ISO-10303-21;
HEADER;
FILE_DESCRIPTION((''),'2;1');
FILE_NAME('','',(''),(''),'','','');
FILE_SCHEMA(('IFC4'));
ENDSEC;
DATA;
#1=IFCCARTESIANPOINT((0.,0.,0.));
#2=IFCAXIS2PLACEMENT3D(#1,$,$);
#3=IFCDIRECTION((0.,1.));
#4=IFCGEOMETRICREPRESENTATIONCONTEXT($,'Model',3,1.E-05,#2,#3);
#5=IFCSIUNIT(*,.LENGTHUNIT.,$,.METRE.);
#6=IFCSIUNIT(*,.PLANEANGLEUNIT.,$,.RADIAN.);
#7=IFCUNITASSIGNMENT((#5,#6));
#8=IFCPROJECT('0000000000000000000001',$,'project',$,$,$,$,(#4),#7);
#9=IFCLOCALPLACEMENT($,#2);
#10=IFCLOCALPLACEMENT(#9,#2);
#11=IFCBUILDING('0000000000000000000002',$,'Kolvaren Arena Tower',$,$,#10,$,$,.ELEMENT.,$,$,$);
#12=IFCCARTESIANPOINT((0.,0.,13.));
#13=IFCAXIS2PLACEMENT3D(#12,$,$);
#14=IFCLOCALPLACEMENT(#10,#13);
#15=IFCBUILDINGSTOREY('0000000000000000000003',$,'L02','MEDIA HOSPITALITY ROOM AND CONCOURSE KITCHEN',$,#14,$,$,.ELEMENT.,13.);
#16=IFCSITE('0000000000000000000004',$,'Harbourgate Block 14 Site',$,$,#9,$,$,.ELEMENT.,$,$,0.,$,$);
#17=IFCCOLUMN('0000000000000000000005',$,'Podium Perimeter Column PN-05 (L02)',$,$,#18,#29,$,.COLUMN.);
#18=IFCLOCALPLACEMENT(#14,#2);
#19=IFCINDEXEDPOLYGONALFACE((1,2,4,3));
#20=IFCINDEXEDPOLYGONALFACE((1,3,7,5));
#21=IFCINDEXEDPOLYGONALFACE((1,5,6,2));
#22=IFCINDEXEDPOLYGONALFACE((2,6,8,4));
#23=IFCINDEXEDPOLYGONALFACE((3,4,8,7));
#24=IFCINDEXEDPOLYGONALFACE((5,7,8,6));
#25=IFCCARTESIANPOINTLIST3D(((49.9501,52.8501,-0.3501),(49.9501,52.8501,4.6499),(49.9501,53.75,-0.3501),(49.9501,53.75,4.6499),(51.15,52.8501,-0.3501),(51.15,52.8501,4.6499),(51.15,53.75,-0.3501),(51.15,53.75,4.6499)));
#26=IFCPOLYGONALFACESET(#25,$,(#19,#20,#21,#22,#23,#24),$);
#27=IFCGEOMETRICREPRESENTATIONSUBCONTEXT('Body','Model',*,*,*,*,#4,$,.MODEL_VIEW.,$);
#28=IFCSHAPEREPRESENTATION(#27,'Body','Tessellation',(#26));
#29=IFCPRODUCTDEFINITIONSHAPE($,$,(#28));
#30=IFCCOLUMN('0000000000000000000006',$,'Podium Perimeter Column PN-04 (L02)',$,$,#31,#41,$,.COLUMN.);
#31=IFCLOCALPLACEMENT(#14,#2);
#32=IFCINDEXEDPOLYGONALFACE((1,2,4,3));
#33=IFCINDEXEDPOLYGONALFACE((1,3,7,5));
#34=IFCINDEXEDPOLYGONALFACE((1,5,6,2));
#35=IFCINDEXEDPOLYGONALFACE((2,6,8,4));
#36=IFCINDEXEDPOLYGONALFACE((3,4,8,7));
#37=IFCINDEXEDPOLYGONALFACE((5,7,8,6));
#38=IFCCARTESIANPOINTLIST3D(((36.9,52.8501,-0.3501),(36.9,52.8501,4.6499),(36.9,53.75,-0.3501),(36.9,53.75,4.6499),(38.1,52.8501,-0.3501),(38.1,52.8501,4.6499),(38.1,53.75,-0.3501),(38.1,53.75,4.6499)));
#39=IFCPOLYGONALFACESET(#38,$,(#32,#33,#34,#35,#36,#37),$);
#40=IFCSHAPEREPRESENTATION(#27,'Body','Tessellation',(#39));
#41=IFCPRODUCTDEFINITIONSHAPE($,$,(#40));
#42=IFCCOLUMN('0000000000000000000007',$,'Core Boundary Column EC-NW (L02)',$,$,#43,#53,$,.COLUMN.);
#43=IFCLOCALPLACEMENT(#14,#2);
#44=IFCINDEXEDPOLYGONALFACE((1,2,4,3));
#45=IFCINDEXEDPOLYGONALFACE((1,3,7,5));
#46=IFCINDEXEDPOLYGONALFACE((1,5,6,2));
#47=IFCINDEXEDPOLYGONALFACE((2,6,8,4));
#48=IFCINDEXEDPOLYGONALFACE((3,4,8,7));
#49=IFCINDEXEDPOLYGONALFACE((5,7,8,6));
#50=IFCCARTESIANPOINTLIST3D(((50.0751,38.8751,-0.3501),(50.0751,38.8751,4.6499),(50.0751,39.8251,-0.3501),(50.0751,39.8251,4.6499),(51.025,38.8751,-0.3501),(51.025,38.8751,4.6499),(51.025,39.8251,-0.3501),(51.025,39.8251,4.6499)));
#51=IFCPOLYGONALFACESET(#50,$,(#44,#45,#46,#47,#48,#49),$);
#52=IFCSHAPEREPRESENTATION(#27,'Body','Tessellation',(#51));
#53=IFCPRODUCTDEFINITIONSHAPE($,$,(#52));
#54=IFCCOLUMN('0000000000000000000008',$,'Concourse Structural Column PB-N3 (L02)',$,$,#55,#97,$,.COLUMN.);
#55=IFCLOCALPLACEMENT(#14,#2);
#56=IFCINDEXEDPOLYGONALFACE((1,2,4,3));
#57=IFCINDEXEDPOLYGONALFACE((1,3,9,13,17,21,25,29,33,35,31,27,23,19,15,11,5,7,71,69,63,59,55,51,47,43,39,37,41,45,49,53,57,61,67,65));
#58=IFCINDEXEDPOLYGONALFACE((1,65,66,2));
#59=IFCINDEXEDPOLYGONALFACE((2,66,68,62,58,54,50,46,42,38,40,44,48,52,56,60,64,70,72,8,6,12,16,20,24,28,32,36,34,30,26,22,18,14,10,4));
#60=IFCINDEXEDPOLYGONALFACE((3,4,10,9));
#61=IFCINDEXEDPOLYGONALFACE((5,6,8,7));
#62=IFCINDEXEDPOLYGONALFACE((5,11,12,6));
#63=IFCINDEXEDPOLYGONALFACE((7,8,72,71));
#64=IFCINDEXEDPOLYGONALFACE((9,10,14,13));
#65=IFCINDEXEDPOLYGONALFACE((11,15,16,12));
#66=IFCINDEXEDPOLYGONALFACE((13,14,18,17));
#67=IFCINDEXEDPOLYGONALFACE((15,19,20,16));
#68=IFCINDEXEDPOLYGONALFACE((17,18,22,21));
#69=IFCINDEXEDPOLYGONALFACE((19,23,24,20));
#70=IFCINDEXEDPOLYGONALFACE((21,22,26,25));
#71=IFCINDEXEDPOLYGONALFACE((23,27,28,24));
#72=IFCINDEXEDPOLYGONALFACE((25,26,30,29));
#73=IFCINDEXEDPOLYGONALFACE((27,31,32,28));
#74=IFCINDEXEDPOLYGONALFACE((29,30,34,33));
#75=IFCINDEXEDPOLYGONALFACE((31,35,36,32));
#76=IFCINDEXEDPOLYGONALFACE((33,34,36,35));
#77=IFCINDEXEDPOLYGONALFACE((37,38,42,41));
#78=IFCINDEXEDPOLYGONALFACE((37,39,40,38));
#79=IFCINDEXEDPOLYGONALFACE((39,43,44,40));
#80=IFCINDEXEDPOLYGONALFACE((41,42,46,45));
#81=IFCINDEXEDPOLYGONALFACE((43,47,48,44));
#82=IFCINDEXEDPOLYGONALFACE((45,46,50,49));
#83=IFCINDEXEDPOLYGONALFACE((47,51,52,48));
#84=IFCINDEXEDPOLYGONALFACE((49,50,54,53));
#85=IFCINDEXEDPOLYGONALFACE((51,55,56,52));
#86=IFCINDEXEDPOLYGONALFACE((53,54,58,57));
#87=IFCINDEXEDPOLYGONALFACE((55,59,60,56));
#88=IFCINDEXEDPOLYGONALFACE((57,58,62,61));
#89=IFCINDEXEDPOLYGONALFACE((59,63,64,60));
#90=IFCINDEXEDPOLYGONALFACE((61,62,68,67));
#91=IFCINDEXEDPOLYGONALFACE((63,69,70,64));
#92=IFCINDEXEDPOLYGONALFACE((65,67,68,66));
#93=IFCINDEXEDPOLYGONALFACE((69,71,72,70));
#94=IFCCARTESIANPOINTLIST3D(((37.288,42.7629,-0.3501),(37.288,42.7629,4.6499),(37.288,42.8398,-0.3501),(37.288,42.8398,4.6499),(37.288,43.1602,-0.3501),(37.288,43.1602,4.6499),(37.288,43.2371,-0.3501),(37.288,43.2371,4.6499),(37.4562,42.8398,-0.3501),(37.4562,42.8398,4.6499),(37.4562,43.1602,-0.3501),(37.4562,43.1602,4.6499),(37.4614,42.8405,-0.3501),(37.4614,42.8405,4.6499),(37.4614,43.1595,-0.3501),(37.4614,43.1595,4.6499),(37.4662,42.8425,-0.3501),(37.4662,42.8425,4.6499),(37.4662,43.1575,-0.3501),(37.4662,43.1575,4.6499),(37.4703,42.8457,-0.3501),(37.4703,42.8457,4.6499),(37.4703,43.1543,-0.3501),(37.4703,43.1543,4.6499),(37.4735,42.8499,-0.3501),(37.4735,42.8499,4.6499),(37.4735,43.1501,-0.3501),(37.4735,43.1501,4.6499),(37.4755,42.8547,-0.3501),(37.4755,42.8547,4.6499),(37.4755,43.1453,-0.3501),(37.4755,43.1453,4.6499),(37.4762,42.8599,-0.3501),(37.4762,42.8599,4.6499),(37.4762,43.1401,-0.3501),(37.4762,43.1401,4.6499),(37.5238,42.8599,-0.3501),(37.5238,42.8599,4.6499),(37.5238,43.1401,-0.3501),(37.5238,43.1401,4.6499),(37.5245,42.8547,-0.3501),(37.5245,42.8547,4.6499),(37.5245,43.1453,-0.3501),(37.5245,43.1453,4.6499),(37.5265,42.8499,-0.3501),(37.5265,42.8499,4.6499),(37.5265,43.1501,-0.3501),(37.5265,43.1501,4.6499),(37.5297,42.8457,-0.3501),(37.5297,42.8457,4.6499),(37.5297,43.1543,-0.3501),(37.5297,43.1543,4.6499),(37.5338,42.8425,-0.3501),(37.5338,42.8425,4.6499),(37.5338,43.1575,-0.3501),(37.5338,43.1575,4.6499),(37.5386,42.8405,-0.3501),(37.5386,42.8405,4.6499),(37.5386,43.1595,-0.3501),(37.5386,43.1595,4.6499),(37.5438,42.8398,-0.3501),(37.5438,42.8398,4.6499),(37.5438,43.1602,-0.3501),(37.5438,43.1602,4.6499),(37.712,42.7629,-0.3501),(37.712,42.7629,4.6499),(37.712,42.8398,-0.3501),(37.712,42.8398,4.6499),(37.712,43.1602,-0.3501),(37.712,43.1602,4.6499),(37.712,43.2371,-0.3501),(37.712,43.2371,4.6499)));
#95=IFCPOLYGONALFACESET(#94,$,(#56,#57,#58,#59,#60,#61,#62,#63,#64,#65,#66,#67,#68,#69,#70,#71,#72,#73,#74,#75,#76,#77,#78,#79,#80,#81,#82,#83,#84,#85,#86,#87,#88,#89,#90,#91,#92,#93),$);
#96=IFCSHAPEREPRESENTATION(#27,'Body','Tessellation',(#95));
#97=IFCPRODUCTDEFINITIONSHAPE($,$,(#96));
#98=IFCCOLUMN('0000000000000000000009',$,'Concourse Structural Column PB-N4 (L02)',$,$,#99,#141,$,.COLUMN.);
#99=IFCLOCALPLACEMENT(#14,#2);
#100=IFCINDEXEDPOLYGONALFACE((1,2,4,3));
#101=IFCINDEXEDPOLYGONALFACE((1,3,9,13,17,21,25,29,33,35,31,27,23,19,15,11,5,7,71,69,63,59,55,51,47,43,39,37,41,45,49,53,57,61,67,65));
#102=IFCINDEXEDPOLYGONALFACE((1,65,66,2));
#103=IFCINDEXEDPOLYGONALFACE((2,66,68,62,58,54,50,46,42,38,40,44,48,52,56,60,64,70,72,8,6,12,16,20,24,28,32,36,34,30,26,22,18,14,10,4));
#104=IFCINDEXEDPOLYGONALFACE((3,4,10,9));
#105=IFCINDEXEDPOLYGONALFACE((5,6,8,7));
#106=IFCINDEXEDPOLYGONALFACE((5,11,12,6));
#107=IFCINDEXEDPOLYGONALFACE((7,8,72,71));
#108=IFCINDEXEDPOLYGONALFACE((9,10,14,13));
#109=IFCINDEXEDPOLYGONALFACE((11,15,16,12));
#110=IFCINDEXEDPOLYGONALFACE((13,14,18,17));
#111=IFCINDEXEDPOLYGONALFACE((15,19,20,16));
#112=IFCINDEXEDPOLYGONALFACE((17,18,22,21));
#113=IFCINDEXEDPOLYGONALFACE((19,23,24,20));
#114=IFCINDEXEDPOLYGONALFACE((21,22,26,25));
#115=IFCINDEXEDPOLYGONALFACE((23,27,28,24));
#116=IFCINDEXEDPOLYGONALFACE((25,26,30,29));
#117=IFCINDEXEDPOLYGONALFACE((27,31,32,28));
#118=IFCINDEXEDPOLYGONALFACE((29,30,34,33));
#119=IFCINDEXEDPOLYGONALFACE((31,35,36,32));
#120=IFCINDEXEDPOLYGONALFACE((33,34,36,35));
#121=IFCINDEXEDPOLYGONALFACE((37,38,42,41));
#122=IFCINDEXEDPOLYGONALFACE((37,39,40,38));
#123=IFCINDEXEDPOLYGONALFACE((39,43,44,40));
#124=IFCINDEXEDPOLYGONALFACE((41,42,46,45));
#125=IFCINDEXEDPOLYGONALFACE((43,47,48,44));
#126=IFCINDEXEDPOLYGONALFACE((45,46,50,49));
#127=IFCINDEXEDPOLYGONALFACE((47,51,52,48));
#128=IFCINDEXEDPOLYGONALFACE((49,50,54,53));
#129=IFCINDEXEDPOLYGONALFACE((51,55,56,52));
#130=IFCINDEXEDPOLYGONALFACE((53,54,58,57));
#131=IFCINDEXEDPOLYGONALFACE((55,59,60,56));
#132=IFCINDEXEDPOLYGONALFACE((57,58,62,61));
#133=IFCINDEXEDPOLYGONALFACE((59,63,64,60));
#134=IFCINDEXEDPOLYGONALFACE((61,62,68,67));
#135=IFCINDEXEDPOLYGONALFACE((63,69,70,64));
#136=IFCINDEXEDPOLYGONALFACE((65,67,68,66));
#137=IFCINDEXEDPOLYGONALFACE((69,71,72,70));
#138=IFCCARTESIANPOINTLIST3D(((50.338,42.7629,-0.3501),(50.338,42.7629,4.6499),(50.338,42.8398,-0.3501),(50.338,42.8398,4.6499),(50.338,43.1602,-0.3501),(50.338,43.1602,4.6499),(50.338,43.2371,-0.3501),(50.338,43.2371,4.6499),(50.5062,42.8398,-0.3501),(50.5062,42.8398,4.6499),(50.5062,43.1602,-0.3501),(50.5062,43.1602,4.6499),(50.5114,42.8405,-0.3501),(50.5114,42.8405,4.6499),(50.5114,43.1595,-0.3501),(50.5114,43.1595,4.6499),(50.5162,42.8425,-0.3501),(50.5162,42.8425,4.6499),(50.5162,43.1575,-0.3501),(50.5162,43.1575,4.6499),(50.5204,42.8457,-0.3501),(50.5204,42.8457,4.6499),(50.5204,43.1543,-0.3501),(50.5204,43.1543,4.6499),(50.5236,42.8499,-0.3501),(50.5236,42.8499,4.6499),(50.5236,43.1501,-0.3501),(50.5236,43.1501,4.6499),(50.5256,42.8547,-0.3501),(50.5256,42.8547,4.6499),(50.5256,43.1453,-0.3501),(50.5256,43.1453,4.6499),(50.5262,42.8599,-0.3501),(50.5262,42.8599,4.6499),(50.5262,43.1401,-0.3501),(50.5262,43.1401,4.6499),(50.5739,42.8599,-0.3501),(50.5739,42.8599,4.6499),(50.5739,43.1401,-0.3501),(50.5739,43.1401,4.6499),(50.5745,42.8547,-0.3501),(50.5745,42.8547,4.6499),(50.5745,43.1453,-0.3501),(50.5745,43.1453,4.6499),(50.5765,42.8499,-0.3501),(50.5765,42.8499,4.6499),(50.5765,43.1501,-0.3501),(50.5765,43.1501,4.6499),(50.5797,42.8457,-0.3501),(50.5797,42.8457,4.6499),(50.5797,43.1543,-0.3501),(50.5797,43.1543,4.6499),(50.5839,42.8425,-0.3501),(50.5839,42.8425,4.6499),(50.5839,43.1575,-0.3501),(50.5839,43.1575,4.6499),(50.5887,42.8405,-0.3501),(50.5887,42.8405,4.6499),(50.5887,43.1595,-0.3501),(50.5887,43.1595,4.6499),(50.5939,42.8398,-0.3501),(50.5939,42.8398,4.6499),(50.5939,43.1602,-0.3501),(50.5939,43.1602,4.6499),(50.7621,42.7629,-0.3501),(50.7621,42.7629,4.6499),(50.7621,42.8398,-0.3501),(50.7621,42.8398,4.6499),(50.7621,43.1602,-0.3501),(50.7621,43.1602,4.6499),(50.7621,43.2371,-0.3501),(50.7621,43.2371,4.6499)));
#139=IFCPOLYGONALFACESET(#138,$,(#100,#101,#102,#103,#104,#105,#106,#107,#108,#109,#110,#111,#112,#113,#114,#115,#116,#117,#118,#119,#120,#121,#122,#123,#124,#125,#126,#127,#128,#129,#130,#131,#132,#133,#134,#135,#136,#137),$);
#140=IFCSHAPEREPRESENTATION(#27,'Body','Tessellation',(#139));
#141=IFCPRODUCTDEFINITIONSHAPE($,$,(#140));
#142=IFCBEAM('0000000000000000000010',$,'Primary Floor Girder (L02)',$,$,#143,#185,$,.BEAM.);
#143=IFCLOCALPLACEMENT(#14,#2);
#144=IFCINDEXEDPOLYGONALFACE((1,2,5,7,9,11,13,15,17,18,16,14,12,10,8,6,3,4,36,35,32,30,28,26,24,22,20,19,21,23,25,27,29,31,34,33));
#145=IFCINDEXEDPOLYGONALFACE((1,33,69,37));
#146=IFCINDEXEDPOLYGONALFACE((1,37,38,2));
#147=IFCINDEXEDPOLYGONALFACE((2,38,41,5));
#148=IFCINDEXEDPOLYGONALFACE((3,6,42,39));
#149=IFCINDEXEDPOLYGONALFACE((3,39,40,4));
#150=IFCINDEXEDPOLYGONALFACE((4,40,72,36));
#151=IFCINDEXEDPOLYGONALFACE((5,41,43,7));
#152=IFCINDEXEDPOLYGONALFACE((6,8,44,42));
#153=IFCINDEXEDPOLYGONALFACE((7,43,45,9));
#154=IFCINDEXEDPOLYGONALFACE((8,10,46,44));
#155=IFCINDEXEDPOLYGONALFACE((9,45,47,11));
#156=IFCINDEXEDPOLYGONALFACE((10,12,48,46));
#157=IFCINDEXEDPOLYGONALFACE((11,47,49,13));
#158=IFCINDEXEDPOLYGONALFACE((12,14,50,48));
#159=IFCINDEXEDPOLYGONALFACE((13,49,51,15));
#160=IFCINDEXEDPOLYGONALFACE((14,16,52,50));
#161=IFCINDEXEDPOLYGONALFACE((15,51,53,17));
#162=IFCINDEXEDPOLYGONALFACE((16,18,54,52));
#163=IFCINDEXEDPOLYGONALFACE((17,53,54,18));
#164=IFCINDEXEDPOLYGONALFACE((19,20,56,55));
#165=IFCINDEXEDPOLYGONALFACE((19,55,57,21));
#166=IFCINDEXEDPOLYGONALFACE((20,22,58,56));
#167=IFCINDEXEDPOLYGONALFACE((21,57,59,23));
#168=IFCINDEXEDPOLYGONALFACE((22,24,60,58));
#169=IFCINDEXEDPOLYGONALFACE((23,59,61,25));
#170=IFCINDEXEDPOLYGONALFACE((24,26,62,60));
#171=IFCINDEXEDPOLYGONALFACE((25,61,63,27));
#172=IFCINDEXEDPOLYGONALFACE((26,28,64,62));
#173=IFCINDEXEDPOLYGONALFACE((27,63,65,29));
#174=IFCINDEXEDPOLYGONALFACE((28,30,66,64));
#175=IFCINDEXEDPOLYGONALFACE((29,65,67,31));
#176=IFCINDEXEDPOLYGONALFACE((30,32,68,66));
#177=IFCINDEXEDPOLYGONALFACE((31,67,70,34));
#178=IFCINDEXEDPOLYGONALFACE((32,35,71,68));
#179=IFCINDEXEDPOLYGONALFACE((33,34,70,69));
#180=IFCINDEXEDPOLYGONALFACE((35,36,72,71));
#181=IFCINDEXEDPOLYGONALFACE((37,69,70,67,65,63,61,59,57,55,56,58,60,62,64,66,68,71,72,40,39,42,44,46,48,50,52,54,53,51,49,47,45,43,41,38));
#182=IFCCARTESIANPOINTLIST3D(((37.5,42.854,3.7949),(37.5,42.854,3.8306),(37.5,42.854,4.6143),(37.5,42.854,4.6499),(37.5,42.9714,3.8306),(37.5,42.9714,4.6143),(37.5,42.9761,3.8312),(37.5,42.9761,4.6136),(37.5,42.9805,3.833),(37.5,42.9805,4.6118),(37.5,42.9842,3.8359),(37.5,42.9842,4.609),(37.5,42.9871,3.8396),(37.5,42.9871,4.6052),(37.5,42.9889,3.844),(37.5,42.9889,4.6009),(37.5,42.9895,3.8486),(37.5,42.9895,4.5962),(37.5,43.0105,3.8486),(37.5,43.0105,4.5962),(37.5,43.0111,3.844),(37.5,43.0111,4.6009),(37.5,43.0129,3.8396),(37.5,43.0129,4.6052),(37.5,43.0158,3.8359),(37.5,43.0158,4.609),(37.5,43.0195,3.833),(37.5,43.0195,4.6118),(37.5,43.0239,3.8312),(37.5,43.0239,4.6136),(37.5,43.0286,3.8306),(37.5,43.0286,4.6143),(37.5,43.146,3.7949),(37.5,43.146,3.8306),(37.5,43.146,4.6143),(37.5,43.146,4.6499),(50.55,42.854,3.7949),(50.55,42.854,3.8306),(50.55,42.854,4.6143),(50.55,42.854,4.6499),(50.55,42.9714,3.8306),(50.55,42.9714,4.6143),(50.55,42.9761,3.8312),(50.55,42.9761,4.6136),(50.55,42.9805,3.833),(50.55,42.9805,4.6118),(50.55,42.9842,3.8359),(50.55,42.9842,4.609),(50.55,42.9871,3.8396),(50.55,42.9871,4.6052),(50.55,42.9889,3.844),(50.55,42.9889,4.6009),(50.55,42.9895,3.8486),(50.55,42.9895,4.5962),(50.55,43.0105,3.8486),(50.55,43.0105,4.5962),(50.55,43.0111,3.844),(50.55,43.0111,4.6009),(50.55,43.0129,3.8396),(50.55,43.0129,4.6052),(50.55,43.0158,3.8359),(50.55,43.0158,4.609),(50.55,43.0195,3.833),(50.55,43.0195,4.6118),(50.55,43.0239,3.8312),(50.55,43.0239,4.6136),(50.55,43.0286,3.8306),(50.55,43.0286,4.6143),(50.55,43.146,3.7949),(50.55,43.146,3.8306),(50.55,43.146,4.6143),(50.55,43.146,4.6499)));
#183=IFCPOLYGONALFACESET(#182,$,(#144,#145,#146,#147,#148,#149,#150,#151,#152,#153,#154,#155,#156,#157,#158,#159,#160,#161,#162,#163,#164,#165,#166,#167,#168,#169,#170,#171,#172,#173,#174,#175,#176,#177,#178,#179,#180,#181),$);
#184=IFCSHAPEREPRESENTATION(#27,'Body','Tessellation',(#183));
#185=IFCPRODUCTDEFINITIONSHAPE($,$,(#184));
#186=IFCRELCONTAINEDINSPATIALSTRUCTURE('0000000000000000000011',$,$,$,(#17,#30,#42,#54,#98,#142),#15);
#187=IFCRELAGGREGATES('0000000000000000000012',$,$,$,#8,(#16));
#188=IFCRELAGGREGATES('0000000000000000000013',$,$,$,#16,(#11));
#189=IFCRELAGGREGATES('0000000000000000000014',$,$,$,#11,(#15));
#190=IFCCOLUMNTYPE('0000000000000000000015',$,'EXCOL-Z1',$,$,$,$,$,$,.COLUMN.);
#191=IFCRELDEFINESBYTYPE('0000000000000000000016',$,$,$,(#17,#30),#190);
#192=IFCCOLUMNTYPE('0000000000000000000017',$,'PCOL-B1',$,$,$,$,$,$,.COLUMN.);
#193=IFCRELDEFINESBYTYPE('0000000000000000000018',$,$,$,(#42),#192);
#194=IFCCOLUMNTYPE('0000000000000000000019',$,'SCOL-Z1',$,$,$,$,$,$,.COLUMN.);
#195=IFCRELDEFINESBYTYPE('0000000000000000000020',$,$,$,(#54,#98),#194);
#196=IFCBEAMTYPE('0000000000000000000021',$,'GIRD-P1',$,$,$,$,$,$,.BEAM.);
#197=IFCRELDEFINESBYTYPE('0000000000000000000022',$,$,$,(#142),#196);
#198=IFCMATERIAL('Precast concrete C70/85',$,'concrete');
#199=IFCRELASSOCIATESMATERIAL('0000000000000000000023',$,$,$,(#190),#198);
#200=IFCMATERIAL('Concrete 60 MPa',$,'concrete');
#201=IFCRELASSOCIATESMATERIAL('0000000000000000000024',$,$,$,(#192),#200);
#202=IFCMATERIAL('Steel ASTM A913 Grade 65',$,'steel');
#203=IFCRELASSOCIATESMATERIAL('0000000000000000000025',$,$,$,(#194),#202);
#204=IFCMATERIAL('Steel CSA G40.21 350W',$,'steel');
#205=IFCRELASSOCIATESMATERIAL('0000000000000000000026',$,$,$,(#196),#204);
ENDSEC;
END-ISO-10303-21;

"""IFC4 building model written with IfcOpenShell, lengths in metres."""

from ifc_helpers import new_model, si_unit, direction, frame, origin, origin_2d, place, context, subcontext, project, spatial, rectangle, i_section, extrude, material, material_profile, profile_set, type_object, element, save


model = new_model("IFC4")

# Units and contexts
model_context = context("Model", 3, precision=1e-05, world=origin(), true_north=direction((0.0, 1.0)))
body_context = subcontext(model_context, "Body", "Model", "MODEL_VIEW")
ifc_project = project(units=[si_unit("LENGTHUNIT", "METRE"), si_unit("PLANEANGLEUNIT", "RADIAN")], contexts=[model_context])

# Site, building, storey
site_placement = place(None, origin())
site = spatial("IfcSite", under=ifc_project, at=site_placement, Name="Harbourgate Block 14 Site", CompositionType="ELEMENT", RefElevation=0.0)
building_placement = place(site_placement, origin())
building = spatial("IfcBuilding", under=site, at=building_placement, Name="Kolvaren Arena Tower", CompositionType="ELEMENT")
storey_placement = place(building_placement, frame((0.0, 0.0, 13.0)))
storey = spatial("IfcBuildingStorey", under=building, at=storey_placement, Name="L02", Description="MEDIA HOSPITALITY ROOM AND CONCOURSE KITCHEN", CompositionType="ELEMENT", Elevation=13.0)

# Columns
ifc_material_1 = material(Name="Precast concrete C70/85", Category="concrete")
ifc_material_profile_1 = material_profile(ifc_material_1, rectangle(XDim=1.2, YDim=0.8999, at=origin_2d()), Name="RC-1200x900")
ifc_profile_set_1 = profile_set([ifc_material_profile_1], Name="Precast concrete C70/85")
column_type_1 = type_object("IfcColumnType", Name="EXCOL-Z1", PredefinedType="COLUMN", material=ifc_profile_set_1)
for number, where, z_axis, x_axis, name in (
    (1, (50.55, 53.3, -0.3501), (0.0, 0.0, 1.0), (1.0, 0.0, 0.0), "Podium Perimeter Column PN-05 (L02)"),
    (2, (37.5, 53.3, -0.3501), (0.0, 0.0, 1.0), (1.0, 0.0, 0.0), "Podium Perimeter Column PN-04 (L02)"),
):
    element("IfcColumn", number, at=place(storey_placement, frame(where, z_axis=z_axis, x_axis=x_axis)), inside=storey, type_object=column_type_1, Name=name, PredefinedType="COLUMN", context=body_context, shape_type="SweptSolid", body=[
        extrude(rectangle(XDim=1.2, YDim=0.8999, at=origin_2d()), origin(), (0.0, 0.0, 1.0), 5.0),
    ])
ifc_material_2 = material(Name="Concrete 60 MPa", Category="concrete")
ifc_material_profile_2 = material_profile(ifc_material_2, rectangle(XDim=0.95, YDim=0.95, at=origin_2d()), Name="RC-950x950")
ifc_profile_set_2 = profile_set([ifc_material_profile_2], Name="Concrete 60 MPa")
column_type_2 = type_object("IfcColumnType", Name="PCOL-B1", PredefinedType="COLUMN", material=ifc_profile_set_2)
column_placement = place(storey_placement, frame((50.55, 39.3501, -0.3501), z_axis=(0.0, 0.0, 1.0), x_axis=(1.0, 0.0, 0.0)))
element("IfcColumn", 3, at=column_placement, inside=storey, type_object=column_type_2, Name="Core Boundary Column EC-NW (L02)", PredefinedType="COLUMN", context=body_context, shape_type="SweptSolid", body=[
    extrude(rectangle(XDim=0.95, YDim=0.95, at=origin_2d()), origin(), (0.0, 0.0, 1.0), 5.0),
])
ifc_material_3 = material(Name="Steel ASTM A913 Grade 65", Category="steel")
ifc_material_profile_3 = material_profile(ifc_material_3, i_section(OverallWidth=0.4241, OverallDepth=0.4741, WebThickness=0.0476, FlangeThickness=0.0769, FilletRadius=0.02, at=origin_2d()), Name="W360x634")
ifc_profile_set_3 = profile_set([ifc_material_profile_3], Name="Steel ASTM A913 Grade 65")
column_type_3 = type_object("IfcColumnType", Name="SCOL-Z1", PredefinedType="COLUMN", material=ifc_profile_set_3)
for number, where, z_axis, x_axis, name in (
    (4, (37.5, 43.0, -0.3501), (0.0, 0.0, 1.0), (1.0, 0.0, 0.0), "Concourse Structural Column PB-N3 (L02)"),
    (5, (50.55, 43.0, -0.3501), (0.0, 0.0, 1.0), (1.0, 0.0, 0.0), "Concourse Structural Column PB-N4 (L02)"),
):
    element("IfcColumn", number, at=place(storey_placement, frame(where, z_axis=z_axis, x_axis=x_axis)), inside=storey, type_object=column_type_3, Name=name, PredefinedType="COLUMN", context=body_context, shape_type="SweptSolid", body=[
        extrude(i_section(OverallWidth=0.4241, OverallDepth=0.4741, WebThickness=0.0476, FlangeThickness=0.0769, FilletRadius=0.02, at=origin_2d()), origin(), (0.0, 0.0, 1.0), 5.0),
    ])

# Beam
ifc_material_4 = material(Name="Steel CSA G40.21 350W", Category="steel")
ifc_material_profile_4 = material_profile(ifc_material_4, i_section(OverallWidth=0.292, OverallDepth=0.855, WebThickness=0.021, FlangeThickness=0.0356, FilletRadius=0.0181, at=origin_2d()), Name="W840x299")
ifc_profile_set_4 = profile_set([ifc_material_profile_4], Name="Steel CSA G40.21 350W")
beam_type_1 = type_object("IfcBeamType", Name="GIRD-P1", PredefinedType="BEAM", material=ifc_profile_set_4)
beam_1_placement = place(storey_placement, frame((37.5, 43.0, 4.2224), z_axis=(1.0, 0.0, 0.0), x_axis=(0.0, 1.0, 0.0)))
element("IfcBeam", 6, at=beam_1_placement, inside=storey, type_object=beam_type_1, Name="Primary Floor Girder (L02)", PredefinedType="BEAM", context=body_context, shape_type="SweptSolid", body=[
    extrude(i_section(OverallWidth=0.292, OverallDepth=0.855, WebThickness=0.021, FlangeThickness=0.0356, FilletRadius=0.0181, at=origin_2d()), origin(), (0.0, 0.0, 1.0), 13.05),
])

save(model, "model.ifc")
